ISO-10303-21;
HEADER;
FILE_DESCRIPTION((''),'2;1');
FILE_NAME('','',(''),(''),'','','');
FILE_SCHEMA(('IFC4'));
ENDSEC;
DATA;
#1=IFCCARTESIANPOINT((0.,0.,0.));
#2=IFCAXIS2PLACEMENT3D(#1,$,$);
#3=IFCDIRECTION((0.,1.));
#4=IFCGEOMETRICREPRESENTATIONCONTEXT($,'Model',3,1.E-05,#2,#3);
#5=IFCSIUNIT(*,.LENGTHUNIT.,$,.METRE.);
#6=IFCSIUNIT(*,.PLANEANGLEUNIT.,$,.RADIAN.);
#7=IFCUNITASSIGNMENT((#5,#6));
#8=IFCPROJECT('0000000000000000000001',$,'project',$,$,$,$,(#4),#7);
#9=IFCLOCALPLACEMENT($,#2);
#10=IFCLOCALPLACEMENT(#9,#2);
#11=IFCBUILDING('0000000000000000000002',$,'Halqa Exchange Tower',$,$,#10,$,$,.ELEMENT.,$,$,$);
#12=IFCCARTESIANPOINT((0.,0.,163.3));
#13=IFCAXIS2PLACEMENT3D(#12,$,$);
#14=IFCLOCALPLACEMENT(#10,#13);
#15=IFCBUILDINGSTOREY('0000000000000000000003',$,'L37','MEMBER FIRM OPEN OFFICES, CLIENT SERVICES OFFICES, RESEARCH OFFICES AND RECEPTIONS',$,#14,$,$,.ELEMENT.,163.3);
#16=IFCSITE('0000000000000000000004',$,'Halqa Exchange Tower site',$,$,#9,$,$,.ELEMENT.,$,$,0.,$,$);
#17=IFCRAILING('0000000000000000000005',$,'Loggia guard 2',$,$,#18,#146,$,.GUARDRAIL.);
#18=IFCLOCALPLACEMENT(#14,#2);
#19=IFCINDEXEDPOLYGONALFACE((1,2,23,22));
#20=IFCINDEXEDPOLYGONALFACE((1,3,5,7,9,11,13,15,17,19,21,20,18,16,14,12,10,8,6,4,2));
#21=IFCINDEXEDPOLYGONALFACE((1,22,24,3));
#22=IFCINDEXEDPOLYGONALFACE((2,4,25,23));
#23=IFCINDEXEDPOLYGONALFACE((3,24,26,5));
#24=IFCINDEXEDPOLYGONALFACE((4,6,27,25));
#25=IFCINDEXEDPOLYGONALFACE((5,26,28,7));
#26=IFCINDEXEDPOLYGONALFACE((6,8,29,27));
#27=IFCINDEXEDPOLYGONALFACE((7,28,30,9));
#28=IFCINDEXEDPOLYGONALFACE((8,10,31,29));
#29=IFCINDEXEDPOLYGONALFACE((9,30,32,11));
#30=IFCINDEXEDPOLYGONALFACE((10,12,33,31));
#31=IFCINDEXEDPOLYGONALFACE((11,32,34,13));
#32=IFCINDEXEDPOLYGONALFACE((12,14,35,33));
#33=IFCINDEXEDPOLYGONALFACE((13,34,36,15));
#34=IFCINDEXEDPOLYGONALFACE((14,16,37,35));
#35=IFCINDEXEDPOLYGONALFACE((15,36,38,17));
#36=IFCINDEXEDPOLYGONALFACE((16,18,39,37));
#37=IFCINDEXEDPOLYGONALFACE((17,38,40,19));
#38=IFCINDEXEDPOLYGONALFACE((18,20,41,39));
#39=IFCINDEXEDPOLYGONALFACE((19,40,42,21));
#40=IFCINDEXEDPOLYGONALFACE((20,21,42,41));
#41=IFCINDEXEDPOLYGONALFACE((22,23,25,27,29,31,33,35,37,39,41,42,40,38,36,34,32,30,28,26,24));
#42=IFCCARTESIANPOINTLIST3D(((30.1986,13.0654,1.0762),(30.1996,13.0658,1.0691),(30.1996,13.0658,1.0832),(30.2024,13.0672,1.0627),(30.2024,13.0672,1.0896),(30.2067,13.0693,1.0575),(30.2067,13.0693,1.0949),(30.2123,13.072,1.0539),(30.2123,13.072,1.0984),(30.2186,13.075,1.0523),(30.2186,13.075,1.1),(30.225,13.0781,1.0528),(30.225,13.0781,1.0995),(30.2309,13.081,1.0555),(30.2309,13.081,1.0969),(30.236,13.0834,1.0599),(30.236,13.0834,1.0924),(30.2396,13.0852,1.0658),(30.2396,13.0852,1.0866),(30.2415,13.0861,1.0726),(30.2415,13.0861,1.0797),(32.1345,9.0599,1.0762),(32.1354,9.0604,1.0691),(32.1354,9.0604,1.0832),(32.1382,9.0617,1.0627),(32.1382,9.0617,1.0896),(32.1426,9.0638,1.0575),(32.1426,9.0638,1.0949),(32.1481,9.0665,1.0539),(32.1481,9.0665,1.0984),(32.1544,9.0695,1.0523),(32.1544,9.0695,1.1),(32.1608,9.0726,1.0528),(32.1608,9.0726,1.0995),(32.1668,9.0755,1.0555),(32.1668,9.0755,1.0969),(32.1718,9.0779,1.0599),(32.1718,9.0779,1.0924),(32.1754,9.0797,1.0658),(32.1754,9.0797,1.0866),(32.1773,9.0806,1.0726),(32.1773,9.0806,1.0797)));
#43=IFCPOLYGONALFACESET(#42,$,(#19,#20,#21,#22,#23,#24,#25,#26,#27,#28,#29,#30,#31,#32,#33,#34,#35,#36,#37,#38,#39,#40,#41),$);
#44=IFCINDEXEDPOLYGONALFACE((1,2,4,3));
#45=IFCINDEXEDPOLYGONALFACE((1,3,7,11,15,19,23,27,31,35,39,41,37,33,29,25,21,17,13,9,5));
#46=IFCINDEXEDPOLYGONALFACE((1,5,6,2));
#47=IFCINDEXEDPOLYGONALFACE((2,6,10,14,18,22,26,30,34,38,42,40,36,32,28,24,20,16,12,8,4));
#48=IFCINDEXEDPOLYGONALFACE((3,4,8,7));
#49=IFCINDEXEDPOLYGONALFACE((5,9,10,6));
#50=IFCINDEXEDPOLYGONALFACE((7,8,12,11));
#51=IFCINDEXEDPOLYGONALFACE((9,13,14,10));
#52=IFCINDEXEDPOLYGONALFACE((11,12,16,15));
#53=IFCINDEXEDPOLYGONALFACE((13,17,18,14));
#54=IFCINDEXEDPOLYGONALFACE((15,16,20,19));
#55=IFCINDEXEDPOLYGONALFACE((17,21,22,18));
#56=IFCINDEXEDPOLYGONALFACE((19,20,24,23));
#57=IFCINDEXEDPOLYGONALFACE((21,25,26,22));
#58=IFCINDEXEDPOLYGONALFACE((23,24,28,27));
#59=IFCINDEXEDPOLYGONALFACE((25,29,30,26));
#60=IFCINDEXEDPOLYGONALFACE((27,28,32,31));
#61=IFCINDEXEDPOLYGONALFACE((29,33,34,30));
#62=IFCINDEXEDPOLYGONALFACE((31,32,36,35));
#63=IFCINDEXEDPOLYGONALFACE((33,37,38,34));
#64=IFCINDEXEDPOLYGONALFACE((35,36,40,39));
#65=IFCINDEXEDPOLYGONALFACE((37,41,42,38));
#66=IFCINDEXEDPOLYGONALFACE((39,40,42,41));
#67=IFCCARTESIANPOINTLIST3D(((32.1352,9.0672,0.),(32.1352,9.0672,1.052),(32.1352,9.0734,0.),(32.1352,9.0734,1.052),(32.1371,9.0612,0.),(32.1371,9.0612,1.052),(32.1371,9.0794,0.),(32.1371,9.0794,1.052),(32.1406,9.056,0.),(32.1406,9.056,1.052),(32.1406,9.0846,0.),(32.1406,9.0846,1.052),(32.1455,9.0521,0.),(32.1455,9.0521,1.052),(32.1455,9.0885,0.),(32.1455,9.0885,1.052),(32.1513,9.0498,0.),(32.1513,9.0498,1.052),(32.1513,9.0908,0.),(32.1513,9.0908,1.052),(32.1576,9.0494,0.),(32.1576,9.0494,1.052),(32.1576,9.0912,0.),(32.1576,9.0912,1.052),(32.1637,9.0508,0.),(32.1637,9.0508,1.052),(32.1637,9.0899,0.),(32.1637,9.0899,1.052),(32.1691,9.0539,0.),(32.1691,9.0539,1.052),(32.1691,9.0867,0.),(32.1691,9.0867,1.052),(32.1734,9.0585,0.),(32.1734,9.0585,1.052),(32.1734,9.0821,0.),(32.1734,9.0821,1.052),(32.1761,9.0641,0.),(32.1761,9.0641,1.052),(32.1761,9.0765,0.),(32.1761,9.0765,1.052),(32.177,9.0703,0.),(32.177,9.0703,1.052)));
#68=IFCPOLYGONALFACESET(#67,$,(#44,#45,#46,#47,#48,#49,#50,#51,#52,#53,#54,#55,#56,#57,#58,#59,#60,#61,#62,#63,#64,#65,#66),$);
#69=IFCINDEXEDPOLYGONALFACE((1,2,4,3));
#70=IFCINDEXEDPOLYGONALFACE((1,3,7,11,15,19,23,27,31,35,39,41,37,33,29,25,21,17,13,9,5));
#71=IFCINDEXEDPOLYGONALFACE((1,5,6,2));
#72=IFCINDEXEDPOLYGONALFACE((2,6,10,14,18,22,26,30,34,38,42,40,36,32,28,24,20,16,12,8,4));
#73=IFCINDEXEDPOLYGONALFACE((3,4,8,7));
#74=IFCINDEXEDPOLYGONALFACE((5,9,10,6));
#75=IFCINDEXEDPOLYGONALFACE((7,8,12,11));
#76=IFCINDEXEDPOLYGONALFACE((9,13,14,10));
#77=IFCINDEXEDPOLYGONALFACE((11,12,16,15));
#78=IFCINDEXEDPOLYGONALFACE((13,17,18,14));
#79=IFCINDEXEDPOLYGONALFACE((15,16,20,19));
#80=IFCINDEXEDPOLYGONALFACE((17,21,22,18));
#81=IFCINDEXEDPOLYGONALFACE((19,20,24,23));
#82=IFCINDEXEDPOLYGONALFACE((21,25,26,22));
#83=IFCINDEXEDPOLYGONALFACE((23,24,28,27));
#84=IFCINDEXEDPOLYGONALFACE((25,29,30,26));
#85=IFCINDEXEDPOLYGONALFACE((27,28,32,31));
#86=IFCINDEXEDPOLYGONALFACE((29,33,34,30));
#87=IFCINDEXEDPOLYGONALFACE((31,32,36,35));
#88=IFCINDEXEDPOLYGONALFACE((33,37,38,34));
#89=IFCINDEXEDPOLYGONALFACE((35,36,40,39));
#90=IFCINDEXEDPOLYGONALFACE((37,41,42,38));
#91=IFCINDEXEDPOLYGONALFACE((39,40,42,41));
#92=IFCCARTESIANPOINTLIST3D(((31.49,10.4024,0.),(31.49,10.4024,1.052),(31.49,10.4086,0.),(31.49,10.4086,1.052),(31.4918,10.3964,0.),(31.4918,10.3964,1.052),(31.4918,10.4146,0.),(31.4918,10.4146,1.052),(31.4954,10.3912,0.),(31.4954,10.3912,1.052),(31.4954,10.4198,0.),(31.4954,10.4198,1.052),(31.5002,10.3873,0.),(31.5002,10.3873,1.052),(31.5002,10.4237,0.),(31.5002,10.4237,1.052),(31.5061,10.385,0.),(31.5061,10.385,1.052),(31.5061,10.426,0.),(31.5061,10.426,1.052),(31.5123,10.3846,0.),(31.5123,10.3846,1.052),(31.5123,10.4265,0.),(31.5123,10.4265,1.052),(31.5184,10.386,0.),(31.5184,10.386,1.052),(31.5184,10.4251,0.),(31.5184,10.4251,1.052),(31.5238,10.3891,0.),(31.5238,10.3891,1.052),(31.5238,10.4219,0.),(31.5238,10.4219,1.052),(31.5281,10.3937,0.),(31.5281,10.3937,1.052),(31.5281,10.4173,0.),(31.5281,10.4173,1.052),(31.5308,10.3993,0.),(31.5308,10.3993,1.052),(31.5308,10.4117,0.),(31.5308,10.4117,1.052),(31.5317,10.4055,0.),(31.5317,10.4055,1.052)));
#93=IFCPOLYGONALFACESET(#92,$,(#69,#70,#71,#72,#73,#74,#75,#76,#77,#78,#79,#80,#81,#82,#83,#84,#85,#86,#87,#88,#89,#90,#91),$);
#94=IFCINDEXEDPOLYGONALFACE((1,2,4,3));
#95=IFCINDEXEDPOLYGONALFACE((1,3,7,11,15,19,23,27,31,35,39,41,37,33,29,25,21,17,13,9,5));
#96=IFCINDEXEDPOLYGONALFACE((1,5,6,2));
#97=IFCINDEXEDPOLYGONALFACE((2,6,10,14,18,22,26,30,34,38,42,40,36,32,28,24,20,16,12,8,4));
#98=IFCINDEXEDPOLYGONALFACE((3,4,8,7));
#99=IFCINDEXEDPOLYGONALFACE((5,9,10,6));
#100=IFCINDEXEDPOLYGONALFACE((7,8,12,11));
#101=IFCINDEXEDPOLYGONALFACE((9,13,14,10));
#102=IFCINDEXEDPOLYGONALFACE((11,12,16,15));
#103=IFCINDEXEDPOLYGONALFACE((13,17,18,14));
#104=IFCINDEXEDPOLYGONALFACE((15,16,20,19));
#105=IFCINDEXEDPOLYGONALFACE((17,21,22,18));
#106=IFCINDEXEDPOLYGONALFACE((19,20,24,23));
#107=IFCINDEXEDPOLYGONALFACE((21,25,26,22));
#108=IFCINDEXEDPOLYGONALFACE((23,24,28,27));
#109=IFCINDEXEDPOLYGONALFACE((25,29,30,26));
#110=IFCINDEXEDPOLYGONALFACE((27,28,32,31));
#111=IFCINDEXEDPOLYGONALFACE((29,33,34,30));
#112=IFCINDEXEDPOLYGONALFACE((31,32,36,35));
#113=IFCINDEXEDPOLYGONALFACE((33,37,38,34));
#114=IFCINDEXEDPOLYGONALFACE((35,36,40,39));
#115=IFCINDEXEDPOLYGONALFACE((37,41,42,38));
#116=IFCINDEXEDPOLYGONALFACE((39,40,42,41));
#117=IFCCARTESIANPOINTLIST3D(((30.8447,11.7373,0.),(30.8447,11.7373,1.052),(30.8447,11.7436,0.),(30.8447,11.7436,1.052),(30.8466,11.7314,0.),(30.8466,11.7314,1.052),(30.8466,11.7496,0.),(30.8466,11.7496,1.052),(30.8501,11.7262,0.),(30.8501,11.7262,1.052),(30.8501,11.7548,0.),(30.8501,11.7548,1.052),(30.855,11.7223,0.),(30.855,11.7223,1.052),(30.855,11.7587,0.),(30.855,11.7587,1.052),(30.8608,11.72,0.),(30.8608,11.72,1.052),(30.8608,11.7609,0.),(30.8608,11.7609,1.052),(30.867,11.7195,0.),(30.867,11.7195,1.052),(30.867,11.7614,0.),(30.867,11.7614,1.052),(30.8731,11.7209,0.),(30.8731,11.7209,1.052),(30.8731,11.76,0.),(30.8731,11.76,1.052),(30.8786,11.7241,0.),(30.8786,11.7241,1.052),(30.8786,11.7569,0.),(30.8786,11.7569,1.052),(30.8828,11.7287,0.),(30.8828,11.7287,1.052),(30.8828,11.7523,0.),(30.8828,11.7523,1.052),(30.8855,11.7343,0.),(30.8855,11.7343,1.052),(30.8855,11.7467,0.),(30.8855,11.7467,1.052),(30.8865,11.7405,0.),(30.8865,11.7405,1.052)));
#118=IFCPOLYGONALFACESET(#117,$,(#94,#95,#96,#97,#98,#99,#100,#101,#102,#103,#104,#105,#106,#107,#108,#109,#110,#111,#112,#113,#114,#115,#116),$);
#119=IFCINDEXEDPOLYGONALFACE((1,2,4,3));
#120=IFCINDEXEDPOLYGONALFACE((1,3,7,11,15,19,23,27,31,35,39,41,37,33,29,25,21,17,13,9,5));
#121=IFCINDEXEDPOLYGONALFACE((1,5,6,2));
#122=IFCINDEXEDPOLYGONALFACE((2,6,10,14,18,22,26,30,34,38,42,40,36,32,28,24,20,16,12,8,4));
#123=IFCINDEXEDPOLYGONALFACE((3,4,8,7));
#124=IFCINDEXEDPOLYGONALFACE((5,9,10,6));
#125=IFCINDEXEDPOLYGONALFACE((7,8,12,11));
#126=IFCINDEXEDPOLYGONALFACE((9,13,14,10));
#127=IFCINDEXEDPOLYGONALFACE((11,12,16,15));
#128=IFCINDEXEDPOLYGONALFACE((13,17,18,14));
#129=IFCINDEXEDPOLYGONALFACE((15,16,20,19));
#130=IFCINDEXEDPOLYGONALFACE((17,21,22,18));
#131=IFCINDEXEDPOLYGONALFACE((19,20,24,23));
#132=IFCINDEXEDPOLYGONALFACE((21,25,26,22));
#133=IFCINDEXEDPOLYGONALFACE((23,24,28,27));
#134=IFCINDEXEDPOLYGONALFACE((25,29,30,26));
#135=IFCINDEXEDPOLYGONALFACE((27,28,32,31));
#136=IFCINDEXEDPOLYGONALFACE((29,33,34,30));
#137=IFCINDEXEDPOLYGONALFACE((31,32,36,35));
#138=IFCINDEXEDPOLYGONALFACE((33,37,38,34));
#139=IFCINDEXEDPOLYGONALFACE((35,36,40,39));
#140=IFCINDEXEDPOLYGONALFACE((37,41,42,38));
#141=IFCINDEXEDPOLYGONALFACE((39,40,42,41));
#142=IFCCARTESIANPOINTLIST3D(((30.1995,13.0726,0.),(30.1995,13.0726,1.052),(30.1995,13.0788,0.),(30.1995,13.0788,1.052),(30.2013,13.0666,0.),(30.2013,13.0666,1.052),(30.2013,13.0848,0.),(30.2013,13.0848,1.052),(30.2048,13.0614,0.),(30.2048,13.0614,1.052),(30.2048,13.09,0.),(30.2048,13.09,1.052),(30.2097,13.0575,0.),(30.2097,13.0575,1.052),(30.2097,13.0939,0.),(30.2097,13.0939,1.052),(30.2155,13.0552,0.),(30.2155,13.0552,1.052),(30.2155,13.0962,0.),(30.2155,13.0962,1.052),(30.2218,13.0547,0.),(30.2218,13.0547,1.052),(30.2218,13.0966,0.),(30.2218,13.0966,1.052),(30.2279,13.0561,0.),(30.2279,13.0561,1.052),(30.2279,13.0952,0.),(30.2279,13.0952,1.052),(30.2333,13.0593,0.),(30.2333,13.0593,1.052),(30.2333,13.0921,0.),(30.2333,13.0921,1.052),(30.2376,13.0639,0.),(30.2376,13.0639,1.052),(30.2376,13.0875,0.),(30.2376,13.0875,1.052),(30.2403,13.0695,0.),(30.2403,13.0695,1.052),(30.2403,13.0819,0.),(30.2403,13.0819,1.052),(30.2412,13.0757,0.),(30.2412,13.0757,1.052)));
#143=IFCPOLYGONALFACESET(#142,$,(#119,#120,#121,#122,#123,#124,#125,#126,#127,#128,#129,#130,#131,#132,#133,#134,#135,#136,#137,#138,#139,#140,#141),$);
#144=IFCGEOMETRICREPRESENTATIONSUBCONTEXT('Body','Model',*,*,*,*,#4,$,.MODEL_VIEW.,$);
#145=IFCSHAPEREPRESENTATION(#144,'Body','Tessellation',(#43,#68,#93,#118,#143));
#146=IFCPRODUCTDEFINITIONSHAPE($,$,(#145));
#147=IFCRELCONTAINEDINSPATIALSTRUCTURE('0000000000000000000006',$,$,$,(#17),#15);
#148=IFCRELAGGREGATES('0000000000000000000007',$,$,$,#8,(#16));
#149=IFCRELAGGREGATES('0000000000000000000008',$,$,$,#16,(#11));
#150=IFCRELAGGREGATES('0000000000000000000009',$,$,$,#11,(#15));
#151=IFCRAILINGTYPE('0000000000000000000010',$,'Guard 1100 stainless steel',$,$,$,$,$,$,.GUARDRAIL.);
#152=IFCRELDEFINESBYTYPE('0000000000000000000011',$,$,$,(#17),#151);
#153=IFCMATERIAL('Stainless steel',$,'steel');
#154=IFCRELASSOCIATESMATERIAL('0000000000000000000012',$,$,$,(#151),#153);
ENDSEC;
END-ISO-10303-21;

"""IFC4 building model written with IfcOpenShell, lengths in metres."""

from ifc_helpers import new_model, si_unit, direction, frame, origin, origin_2d, place, context, subcontext, project, spatial, circle, extrude, material, type_object, element, save


model = new_model("IFC4")

# Units and contexts
model_context = context("Model", 3, precision=1e-05, world=origin(), true_north=direction((0.0, 1.0)))
body_context = subcontext(model_context, "Body", "Model", "MODEL_VIEW")
ifc_project = project(units=[si_unit("LENGTHUNIT", "METRE"), si_unit("PLANEANGLEUNIT", "RADIAN")], contexts=[model_context])

# Site, building, storey
site_placement = place(None, origin())
site = spatial("IfcSite", under=ifc_project, at=site_placement, Name="Halqa Exchange Tower site", CompositionType="ELEMENT", RefElevation=0.0)
building_placement = place(site_placement, origin())
building = spatial("IfcBuilding", under=site, at=building_placement, Name="Halqa Exchange Tower", CompositionType="ELEMENT")
storey_placement = place(building_placement, frame((0.0, 0.0, 163.3)))
storey = spatial("IfcBuildingStorey", under=building, at=storey_placement, Name="L37", Description="MEMBER FIRM OPEN OFFICES, CLIENT SERVICES OFFICES, RESEARCH OFFICES AND RECEPTIONS", CompositionType="ELEMENT", Elevation=163.3)

# Railing
ifc_material_1 = material(Name="Stainless steel", Category="steel")
railing_type = type_object("IfcRailingType", Name="Guard 1100 stainless steel", PredefinedType="GUARDRAIL", material=ifc_material_1)
railing_1_placement = place(storey_placement, frame((32.156, 9.0703, 0.0)))
element("IfcRailing", 1, at=railing_1_placement, inside=storey, type_object=railing_type, Name="Loggia guard 2", PredefinedType="GUARDRAIL", context=body_context, shape_type="SweptSolid", body=[
    extrude(circle(Radius=0.0239, at=origin_2d()), frame((0.0, 0.0, 1.0762), z_axis=(-0.435143, 0.900361, 0.0), x_axis=(-0.900361, -0.435143, 0.0)), (0.0, 0.0, 1.0), 4.4487),
    extrude(circle(Radius=0.021, at=origin_2d()), origin(), (0.0, 0.0, 1.0), 1.052),
    extrude(circle(Radius=0.021, at=origin_2d()), frame((-0.6453, 1.3352, 0.0)), (0.0, 0.0, 1.0), 1.052),
    extrude(circle(Radius=0.021, at=origin_2d()), frame((-1.2905, 2.6702, 0.0)), (0.0, 0.0, 1.0), 1.052),
    extrude(circle(Radius=0.021, at=origin_2d()), frame((-1.9358, 4.0054, 0.0)), (0.0, 0.0, 1.0), 1.052),
])

save(model, "model.ifc")
